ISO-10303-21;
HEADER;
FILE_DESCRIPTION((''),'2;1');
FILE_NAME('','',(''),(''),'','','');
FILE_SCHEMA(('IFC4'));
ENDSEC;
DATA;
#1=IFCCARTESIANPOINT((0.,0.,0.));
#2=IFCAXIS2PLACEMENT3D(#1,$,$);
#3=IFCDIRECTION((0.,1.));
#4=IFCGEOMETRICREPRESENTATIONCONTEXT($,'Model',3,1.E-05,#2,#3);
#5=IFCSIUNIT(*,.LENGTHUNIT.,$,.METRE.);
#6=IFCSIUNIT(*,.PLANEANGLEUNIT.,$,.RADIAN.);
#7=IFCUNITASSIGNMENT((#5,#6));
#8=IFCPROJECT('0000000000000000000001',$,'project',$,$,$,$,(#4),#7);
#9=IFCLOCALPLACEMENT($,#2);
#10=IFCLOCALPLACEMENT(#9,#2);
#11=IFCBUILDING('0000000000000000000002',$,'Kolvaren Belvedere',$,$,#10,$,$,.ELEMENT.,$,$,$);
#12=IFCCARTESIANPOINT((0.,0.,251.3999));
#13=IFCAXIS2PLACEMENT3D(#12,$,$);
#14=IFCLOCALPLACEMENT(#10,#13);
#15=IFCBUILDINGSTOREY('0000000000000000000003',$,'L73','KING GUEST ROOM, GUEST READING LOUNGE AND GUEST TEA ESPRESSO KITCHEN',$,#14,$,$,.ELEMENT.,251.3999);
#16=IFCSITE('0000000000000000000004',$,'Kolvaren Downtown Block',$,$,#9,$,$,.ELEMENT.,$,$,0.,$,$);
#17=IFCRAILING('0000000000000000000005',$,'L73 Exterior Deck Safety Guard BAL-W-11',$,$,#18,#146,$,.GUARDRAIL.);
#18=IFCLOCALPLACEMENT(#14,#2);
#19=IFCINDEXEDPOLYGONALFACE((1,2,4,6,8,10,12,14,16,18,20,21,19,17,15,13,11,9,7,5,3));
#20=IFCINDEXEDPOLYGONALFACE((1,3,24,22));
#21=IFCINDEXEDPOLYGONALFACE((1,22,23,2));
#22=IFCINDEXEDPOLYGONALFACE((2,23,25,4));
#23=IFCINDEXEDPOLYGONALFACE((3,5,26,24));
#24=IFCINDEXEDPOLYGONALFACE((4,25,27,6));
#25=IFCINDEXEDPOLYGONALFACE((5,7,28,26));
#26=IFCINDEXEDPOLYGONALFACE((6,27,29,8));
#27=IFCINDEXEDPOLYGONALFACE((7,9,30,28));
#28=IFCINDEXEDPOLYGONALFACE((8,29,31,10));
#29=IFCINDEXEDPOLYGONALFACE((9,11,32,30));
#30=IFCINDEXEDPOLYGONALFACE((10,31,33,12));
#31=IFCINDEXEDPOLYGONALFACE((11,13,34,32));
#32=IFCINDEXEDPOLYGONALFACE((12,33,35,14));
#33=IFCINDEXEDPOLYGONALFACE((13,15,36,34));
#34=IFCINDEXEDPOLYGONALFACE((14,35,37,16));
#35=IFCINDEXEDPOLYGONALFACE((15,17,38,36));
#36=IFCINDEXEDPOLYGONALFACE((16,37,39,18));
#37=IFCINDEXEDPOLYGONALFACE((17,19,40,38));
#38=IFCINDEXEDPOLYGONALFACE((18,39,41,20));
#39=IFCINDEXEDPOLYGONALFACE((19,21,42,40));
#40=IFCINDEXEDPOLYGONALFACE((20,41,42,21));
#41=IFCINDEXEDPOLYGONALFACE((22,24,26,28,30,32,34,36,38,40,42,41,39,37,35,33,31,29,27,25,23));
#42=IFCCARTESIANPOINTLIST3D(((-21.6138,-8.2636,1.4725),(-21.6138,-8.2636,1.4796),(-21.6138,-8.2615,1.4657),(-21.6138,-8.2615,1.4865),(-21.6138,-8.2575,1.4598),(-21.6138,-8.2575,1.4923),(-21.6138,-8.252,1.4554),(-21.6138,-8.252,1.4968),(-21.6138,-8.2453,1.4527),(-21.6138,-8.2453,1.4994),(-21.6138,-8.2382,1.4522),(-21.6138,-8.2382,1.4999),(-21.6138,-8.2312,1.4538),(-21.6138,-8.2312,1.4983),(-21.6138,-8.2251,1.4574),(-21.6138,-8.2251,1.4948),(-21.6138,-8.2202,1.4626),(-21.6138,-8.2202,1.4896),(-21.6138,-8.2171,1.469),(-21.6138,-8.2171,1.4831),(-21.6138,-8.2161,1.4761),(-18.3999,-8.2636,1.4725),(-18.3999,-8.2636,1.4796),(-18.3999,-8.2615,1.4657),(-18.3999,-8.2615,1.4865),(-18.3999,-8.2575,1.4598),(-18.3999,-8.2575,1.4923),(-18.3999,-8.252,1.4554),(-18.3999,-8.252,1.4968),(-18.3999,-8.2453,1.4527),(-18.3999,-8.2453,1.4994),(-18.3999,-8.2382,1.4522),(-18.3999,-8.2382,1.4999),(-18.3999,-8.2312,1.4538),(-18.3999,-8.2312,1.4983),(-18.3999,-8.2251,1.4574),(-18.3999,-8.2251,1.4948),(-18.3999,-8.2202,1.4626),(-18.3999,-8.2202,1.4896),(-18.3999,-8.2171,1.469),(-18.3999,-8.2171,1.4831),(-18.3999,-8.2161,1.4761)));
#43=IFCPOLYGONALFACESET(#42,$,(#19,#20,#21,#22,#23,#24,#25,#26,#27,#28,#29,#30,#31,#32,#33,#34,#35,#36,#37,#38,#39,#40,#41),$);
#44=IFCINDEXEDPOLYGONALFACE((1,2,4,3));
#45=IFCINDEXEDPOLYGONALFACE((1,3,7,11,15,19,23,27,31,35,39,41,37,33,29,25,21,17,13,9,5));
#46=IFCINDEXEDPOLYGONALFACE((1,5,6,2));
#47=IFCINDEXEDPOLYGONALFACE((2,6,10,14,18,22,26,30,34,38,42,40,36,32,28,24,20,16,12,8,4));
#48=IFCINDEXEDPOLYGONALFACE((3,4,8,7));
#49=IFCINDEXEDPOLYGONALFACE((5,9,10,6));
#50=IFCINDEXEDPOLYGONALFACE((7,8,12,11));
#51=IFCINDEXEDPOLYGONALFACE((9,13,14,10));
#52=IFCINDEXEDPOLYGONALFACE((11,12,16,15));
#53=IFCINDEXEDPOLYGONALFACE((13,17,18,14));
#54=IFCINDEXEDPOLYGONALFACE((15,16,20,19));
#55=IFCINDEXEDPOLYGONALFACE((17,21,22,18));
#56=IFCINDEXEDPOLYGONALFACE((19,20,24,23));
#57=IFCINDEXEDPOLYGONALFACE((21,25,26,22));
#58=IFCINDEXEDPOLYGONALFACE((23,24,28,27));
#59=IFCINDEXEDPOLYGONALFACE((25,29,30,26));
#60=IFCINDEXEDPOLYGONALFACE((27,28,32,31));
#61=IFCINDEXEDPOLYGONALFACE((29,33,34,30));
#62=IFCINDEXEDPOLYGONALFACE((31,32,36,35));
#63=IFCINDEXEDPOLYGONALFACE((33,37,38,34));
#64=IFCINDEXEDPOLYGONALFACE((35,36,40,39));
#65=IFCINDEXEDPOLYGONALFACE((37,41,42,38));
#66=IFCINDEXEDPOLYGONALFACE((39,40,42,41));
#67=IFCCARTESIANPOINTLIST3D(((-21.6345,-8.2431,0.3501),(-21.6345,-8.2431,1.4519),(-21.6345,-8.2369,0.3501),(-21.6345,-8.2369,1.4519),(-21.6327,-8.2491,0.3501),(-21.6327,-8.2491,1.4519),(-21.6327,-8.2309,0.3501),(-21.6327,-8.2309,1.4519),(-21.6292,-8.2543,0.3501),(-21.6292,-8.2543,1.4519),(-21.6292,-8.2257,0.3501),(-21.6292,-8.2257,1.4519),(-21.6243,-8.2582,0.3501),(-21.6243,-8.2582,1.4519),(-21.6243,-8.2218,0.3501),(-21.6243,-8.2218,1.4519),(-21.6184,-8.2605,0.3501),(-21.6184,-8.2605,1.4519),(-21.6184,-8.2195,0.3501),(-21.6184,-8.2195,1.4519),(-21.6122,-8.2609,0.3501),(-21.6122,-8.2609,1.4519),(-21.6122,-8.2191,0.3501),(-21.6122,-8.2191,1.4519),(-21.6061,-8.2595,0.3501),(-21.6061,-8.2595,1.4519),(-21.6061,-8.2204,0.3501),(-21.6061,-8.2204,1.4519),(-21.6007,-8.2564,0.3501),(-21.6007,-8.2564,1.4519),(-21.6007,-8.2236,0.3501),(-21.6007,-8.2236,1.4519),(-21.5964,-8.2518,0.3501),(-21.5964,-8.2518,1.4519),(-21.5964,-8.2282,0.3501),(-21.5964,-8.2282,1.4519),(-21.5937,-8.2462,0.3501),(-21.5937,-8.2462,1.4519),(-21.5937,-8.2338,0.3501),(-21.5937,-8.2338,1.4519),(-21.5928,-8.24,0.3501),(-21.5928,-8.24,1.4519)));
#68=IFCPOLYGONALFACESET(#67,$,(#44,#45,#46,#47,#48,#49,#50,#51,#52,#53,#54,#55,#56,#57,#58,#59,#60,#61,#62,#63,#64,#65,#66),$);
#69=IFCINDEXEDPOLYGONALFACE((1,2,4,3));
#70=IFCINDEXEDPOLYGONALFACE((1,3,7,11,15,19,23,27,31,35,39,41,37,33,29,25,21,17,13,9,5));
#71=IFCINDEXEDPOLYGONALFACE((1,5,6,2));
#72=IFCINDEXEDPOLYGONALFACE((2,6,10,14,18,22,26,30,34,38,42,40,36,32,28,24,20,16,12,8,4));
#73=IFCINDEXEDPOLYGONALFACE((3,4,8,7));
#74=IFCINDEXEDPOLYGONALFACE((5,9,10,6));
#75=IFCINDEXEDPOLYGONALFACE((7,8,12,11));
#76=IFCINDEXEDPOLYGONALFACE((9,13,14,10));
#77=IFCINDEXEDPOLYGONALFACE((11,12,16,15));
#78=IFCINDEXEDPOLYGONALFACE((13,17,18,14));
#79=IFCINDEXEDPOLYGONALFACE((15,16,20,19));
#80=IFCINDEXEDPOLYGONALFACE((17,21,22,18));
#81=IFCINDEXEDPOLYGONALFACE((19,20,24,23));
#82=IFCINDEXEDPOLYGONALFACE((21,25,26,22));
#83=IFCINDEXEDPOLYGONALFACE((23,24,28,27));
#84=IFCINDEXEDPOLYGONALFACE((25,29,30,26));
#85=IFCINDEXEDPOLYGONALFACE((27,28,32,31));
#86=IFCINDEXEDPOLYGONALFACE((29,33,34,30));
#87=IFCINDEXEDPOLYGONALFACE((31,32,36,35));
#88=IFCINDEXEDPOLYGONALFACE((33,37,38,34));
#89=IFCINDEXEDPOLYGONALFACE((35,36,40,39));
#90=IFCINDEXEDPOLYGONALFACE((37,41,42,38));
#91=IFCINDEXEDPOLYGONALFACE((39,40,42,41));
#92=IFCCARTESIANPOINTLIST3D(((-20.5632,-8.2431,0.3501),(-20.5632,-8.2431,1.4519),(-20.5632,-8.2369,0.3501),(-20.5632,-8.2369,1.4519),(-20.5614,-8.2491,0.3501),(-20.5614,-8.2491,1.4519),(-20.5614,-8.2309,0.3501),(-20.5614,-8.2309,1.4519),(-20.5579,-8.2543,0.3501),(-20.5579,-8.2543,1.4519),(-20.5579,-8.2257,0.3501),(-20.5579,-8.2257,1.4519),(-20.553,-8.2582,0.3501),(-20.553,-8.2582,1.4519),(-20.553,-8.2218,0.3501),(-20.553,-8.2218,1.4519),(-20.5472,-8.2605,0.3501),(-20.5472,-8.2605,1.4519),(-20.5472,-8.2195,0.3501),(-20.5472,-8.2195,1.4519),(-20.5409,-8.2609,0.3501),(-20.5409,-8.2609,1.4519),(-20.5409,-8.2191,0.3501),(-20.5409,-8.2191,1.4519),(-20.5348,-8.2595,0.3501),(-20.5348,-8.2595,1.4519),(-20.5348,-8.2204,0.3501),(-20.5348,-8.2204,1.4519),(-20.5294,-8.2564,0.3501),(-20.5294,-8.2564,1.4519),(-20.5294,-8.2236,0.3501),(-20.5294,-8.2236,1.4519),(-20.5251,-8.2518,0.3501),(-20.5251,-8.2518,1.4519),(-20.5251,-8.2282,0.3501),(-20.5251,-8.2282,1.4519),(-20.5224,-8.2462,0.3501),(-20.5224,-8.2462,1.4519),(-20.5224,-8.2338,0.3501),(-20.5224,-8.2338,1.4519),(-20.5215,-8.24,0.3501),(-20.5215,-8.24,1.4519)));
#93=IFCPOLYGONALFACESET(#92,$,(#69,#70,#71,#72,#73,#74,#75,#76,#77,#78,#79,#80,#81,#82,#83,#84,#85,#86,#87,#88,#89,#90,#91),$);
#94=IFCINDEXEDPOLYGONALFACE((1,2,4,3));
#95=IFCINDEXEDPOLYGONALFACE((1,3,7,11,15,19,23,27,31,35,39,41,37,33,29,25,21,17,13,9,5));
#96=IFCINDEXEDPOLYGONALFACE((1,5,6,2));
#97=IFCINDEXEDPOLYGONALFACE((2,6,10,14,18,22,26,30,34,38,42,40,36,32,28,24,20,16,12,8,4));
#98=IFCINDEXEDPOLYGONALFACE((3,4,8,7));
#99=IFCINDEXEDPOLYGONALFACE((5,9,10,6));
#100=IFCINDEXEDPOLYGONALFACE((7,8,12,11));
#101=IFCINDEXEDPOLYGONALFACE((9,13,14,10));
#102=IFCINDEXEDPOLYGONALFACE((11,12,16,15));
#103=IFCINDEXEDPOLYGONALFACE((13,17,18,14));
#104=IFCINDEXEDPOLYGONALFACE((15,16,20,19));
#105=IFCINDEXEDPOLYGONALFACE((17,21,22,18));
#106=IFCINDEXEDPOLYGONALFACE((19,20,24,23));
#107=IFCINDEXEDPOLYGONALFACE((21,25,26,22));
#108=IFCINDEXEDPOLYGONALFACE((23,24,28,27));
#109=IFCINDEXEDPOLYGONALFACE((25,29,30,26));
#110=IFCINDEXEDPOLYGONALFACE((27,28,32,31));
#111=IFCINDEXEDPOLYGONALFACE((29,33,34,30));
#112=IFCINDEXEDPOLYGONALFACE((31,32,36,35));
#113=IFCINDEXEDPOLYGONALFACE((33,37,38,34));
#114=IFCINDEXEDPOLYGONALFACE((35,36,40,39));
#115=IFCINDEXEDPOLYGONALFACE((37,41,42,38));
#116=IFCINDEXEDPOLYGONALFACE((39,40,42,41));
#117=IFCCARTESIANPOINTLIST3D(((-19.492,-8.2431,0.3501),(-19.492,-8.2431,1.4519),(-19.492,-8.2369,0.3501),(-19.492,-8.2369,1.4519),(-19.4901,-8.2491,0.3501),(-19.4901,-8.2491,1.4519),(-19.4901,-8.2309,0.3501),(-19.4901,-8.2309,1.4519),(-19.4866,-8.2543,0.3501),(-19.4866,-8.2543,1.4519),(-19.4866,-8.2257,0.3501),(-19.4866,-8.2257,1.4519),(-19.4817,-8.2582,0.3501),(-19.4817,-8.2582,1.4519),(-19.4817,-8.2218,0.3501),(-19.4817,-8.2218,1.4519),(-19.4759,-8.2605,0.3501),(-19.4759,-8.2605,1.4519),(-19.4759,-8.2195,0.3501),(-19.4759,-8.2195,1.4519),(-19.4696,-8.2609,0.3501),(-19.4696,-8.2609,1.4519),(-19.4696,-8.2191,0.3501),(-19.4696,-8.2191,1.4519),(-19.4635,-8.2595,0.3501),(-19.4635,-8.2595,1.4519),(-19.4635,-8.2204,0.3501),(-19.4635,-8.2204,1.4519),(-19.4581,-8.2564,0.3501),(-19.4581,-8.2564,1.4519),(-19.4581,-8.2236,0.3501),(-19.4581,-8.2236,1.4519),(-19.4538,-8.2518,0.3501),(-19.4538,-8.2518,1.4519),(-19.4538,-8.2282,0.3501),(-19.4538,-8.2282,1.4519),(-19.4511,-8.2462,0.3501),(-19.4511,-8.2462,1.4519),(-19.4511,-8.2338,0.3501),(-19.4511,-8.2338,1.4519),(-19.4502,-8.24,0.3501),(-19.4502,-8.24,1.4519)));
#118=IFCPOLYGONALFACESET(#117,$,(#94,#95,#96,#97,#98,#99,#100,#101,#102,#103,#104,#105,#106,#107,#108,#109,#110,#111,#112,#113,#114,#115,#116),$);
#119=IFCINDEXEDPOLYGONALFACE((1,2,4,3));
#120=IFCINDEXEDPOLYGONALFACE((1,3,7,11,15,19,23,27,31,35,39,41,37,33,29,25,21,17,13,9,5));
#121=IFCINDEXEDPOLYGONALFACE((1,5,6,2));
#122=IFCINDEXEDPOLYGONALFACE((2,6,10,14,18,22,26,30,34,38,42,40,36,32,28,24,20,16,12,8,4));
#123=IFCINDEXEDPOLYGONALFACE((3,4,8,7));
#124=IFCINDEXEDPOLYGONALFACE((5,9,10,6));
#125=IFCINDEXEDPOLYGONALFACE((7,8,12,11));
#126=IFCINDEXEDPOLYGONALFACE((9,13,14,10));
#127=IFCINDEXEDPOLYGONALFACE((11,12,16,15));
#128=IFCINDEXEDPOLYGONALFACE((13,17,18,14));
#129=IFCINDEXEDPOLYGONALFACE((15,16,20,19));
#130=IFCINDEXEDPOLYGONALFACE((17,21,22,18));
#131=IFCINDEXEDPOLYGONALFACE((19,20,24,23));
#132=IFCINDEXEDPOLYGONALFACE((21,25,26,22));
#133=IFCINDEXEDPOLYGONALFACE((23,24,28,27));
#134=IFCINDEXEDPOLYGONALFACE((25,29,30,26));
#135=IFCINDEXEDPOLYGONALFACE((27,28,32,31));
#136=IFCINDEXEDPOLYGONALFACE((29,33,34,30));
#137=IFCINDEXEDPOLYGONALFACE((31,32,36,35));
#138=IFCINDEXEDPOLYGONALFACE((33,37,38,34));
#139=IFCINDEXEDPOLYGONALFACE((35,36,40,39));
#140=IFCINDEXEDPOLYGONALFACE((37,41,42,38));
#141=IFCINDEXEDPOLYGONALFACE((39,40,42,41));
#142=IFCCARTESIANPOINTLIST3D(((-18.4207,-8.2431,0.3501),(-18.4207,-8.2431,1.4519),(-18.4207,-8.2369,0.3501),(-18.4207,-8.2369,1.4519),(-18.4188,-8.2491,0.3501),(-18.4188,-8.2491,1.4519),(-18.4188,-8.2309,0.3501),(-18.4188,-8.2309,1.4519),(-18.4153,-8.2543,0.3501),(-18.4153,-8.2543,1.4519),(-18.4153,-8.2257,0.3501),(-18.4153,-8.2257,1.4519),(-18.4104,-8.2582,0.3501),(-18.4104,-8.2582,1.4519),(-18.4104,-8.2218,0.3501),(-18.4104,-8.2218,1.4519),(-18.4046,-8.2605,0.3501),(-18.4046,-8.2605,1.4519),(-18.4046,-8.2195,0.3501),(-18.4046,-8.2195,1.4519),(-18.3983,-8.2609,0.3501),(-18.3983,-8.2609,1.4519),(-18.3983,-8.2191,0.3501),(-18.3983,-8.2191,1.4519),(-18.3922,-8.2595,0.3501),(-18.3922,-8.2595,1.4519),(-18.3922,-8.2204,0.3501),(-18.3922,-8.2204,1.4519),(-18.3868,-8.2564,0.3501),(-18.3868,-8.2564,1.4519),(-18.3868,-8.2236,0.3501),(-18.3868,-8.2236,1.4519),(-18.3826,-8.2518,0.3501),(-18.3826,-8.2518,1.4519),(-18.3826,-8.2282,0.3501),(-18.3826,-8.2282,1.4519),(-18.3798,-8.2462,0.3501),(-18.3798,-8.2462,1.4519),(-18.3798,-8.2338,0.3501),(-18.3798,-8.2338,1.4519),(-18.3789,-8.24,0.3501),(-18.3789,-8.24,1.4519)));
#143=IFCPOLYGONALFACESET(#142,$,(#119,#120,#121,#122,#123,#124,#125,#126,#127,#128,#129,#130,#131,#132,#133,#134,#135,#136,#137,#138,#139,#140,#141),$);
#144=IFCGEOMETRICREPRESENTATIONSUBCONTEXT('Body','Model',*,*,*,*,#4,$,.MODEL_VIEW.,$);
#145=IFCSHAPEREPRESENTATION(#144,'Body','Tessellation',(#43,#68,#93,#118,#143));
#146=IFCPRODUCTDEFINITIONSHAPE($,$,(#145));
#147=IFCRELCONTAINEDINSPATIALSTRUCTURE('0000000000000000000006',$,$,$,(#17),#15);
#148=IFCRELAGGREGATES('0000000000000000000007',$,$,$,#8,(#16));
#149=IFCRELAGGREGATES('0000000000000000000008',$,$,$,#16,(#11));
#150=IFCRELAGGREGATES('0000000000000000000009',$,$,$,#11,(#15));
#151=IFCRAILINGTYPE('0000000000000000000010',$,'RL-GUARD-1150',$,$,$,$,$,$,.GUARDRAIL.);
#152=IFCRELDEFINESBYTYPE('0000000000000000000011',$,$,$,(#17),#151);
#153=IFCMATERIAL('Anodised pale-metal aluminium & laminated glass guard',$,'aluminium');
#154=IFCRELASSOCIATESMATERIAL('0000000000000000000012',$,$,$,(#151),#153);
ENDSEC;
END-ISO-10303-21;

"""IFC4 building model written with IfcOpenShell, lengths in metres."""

from ifc_helpers import new_model, si_unit, direction, frame, origin, origin_2d, place, context, subcontext, project, spatial, circle, extrude, material, type_object, element, save


model = new_model("IFC4")

# Units and contexts
model_context = context("Model", 3, precision=1e-05, world=origin(), true_north=direction((0.0, 1.0)))
body_context = subcontext(model_context, "Body", "Model", "MODEL_VIEW")
ifc_project = project(units=[si_unit("LENGTHUNIT", "METRE"), si_unit("PLANEANGLEUNIT", "RADIAN")], contexts=[model_context])

# Site, building, storey
site_placement = place(None, origin())
site = spatial("IfcSite", under=ifc_project, at=site_placement, Name="Kolvaren Downtown Block", CompositionType="ELEMENT", RefElevation=0.0)
building_placement = place(site_placement, origin())
building = spatial("IfcBuilding", under=site, at=building_placement, Name="Kolvaren Belvedere", CompositionType="ELEMENT")
storey_placement = place(building_placement, frame((0.0, 0.0, 251.3999)))
storey = spatial("IfcBuildingStorey", under=building, at=storey_placement, Name="L73", Description="KING GUEST ROOM, GUEST READING LOUNGE AND GUEST TEA ESPRESSO KITCHEN", CompositionType="ELEMENT", Elevation=251.3999)

# Railing
ifc_material_1 = material(Name="Anodised pale-metal aluminium & laminated glass guard", Category="aluminium")
railing_type = type_object("IfcRailingType", Name="RL-GUARD-1150", PredefinedType="GUARDRAIL", material=ifc_material_1)
railing_1_placement = place(storey_placement, frame((-21.6138, -8.24, 0.3501)))
element("IfcRailing", 1, at=railing_1_placement, inside=storey, type_object=railing_type, Name="L73 Exterior Deck Safety Guard BAL-W-11", PredefinedType="GUARDRAIL", context=body_context, shape_type="SweptSolid", body=[
    extrude(circle(Radius=0.0239, at=origin_2d()), frame((0.0, 0.0, 1.126), z_axis=(1.0, 0.0, 0.0), x_axis=(0.0, 1.0, 0.0)), (0.0, 0.0, 1.0), 3.2139),
    extrude(circle(Radius=0.021, at=origin_2d()), origin(), (0.0, 0.0, 1.0), 1.1018),
    extrude(circle(Radius=0.021, at=origin_2d()), frame((1.0713, 0.0, 0.0)), (0.0, 0.0, 1.0), 1.1018),
    extrude(circle(Radius=0.021, at=origin_2d()), frame((2.1426, 0.0, 0.0)), (0.0, 0.0, 1.0), 1.1018),
    extrude(circle(Radius=0.021, at=origin_2d()), frame((3.2139, 0.0, 0.0)), (0.0, 0.0, 1.0), 1.1018),
])

save(model, "model.ifc")
